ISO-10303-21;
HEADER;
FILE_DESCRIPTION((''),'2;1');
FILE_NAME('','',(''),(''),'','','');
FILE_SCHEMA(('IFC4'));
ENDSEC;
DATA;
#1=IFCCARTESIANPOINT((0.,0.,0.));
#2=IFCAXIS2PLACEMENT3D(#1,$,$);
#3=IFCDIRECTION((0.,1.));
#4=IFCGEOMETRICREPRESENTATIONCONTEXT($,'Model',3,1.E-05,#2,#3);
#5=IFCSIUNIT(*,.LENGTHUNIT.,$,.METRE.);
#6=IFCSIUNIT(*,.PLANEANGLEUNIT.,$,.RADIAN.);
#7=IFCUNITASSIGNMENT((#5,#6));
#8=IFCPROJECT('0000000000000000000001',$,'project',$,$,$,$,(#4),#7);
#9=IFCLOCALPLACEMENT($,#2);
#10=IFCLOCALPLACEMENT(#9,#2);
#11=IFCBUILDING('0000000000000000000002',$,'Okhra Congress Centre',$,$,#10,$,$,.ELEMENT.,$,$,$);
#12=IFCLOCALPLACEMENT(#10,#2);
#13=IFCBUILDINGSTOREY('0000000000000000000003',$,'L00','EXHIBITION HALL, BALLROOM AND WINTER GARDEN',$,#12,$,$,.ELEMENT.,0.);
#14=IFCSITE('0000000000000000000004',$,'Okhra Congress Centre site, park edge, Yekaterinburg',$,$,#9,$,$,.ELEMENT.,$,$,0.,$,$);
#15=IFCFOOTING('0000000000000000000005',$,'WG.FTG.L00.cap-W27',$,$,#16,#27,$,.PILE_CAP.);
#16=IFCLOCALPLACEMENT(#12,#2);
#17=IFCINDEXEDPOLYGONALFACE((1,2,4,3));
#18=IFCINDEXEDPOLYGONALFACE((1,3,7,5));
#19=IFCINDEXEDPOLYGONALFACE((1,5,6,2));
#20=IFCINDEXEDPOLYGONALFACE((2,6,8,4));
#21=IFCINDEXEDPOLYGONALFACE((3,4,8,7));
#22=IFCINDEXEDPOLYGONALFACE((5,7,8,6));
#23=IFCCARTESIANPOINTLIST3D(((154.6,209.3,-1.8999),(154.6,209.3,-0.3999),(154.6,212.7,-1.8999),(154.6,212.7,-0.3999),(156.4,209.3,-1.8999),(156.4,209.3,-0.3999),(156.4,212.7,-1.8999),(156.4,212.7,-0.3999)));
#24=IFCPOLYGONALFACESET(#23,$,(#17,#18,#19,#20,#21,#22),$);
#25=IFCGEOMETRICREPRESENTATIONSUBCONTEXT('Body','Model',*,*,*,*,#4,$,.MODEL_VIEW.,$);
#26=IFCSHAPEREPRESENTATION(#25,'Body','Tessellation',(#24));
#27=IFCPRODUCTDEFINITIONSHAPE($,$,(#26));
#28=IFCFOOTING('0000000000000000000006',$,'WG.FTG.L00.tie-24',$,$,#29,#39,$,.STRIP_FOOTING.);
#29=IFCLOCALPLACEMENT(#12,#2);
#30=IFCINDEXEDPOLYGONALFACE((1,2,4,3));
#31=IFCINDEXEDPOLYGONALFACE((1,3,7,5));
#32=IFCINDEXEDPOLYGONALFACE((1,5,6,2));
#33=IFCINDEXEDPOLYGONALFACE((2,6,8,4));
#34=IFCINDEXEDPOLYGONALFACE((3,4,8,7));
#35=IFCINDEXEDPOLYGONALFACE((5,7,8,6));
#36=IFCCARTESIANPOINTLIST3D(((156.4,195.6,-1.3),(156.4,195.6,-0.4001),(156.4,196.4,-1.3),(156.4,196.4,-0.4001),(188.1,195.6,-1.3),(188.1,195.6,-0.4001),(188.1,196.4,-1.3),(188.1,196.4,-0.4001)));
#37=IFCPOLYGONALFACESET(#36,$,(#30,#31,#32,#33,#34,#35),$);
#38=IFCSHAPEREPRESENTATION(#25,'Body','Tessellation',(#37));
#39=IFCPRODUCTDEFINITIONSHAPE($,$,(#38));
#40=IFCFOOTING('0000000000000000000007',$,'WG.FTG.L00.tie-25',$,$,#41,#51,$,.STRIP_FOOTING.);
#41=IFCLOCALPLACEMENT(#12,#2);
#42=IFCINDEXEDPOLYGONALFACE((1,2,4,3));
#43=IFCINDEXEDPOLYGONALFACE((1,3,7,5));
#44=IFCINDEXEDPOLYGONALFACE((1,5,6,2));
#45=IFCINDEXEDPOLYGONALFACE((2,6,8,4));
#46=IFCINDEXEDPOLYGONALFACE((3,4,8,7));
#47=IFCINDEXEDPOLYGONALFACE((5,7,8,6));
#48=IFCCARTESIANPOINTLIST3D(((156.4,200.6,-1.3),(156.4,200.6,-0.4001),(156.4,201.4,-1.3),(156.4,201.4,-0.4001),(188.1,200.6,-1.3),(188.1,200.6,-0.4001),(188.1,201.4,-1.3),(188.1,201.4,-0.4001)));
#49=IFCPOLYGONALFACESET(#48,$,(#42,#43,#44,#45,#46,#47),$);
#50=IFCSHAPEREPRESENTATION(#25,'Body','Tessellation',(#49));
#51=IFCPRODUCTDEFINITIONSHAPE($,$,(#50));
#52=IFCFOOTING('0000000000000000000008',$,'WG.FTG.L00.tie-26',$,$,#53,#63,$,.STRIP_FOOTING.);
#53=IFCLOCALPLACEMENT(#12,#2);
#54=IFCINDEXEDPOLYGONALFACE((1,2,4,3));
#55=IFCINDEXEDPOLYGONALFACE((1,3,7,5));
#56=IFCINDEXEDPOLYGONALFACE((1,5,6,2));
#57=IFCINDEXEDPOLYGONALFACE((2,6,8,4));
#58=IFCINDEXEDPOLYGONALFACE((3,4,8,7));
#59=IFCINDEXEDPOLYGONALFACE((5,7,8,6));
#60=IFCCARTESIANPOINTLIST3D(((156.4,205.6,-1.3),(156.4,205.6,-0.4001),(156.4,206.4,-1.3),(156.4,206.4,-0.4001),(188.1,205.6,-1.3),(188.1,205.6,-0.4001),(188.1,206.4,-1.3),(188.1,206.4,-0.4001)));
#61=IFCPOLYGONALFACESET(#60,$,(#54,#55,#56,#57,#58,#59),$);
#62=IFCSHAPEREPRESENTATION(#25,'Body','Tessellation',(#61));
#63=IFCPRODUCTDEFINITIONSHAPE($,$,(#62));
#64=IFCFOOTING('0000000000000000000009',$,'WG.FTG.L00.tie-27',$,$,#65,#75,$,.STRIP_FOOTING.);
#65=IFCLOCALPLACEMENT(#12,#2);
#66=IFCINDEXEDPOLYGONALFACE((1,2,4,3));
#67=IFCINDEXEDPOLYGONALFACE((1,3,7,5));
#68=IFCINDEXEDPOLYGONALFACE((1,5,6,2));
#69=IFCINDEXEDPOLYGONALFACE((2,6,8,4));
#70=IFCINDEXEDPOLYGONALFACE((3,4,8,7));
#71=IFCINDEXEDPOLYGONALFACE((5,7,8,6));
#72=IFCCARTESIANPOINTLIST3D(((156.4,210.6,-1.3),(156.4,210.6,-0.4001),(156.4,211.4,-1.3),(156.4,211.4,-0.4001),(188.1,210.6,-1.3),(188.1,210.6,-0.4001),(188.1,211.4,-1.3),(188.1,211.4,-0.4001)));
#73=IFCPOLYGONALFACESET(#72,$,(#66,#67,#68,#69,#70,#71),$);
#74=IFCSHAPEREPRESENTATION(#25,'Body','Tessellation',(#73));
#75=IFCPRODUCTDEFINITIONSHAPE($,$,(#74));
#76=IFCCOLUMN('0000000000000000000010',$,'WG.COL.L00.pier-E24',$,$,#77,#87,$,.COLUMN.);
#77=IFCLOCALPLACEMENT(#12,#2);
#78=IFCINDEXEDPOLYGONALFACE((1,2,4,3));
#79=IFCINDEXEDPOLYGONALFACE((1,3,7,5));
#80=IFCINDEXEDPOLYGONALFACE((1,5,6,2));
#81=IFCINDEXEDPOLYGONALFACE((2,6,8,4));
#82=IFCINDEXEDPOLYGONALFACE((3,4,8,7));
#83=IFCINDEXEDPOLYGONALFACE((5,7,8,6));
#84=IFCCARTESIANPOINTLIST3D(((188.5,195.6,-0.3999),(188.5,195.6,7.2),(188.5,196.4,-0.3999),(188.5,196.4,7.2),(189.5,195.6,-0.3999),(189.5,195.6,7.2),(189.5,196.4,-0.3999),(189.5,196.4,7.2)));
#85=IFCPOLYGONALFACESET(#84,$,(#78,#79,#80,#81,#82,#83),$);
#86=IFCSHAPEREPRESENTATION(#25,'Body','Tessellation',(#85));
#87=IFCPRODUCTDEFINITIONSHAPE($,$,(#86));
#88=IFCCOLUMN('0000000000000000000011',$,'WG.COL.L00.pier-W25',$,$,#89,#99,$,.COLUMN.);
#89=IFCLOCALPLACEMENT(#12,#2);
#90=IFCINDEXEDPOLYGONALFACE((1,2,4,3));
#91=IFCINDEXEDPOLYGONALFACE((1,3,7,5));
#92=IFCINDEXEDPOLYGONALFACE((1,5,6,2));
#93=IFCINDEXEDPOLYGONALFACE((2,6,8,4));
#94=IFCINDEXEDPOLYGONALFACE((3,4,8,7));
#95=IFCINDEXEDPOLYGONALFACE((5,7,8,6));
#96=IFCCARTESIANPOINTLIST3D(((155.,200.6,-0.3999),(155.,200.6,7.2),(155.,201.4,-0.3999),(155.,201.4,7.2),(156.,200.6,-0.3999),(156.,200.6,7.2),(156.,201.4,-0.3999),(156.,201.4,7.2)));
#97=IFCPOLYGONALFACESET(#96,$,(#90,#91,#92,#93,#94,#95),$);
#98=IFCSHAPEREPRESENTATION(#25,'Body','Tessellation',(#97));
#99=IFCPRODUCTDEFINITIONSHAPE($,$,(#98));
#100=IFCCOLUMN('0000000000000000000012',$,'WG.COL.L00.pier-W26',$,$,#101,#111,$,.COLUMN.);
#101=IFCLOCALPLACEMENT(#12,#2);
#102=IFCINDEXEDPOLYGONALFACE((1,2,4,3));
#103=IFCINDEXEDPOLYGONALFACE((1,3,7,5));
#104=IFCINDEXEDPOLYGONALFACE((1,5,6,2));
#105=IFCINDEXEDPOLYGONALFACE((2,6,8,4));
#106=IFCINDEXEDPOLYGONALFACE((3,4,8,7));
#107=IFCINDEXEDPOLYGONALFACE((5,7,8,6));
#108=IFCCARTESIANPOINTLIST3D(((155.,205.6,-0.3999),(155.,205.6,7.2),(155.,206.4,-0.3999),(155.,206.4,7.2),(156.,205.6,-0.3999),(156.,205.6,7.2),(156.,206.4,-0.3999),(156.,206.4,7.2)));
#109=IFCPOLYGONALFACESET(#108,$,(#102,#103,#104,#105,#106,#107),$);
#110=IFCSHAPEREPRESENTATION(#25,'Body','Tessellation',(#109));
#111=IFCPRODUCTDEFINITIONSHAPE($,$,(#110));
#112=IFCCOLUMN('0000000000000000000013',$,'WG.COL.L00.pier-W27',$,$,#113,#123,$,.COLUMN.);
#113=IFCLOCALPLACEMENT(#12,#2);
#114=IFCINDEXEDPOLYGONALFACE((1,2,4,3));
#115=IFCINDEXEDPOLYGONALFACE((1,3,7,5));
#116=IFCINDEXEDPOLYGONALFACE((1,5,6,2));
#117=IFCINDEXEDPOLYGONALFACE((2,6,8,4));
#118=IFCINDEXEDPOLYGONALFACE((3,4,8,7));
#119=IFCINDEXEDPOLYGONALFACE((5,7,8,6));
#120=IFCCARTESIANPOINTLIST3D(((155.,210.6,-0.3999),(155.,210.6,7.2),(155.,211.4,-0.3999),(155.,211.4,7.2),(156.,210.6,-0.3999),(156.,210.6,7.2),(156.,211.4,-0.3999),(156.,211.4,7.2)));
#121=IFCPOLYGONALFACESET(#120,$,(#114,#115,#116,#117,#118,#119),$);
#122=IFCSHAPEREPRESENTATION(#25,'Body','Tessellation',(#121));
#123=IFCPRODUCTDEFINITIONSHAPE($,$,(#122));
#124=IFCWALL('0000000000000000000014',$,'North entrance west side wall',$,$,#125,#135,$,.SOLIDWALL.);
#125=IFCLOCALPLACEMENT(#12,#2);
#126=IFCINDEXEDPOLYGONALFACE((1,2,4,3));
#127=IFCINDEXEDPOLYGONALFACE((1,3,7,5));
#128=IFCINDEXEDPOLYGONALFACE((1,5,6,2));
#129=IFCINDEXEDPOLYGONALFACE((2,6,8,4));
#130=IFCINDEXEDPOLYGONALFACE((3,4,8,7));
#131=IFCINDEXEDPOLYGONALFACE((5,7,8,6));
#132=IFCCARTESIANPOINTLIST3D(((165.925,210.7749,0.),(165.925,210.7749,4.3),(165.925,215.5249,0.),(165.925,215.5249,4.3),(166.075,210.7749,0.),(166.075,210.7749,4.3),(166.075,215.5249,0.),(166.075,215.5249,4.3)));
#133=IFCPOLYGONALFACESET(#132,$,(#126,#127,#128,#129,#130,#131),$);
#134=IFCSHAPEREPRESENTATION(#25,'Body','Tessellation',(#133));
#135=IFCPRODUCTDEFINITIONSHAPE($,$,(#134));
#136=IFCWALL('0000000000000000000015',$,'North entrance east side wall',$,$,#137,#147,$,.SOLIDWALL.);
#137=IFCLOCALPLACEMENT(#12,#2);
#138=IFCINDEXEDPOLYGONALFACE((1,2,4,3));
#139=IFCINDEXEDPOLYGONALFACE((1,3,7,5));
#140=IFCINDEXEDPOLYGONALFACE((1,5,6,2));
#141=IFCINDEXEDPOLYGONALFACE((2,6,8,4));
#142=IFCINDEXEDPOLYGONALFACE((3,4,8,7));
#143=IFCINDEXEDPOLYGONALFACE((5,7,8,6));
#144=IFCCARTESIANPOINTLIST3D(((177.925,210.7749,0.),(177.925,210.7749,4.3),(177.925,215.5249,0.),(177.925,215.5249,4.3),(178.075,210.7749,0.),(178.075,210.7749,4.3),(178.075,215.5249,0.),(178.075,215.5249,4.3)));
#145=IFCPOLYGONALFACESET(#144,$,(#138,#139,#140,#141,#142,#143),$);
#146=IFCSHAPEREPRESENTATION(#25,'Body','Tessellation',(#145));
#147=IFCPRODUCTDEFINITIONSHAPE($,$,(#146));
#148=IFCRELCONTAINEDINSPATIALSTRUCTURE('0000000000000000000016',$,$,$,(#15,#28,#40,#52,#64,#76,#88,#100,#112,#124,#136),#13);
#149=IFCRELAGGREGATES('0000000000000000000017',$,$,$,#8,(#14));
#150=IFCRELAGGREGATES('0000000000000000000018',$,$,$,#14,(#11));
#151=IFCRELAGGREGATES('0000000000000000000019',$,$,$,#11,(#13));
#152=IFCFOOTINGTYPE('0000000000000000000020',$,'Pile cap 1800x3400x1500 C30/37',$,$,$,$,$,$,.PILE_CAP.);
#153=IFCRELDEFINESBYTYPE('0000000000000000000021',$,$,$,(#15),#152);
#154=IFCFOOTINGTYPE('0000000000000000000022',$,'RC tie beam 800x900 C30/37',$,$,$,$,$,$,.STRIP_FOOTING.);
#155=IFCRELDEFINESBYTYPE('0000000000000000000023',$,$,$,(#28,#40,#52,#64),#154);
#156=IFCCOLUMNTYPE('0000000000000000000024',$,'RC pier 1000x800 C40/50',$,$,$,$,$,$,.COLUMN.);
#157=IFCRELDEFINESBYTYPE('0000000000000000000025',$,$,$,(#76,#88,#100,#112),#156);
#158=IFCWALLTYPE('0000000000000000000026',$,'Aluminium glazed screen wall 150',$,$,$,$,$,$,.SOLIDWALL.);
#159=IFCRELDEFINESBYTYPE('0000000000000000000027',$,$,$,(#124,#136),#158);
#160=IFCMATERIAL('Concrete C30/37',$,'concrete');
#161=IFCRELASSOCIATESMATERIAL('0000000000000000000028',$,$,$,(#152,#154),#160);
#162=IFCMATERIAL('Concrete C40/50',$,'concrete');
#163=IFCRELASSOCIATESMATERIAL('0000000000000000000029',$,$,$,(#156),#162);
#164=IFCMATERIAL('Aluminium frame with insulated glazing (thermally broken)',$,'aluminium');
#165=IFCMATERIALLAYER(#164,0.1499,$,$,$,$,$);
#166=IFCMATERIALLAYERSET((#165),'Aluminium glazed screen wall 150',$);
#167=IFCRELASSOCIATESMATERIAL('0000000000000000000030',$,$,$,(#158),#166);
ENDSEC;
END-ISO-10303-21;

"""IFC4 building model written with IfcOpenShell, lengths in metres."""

from ifc_helpers import new_model, si_unit, direction, frame, frame_2d, origin, origin_2d, place, context, subcontext, project, spatial, rectangle, extrude, material, layer, layer_set, material_profile, profile_set, type_object, element, save


model = new_model("IFC4")

# Units and contexts
model_context = context("Model", 3, precision=1e-05, world=origin(), true_north=direction((0.0, 1.0)))
body_context = subcontext(model_context, "Body", "Model", "MODEL_VIEW")
ifc_project = project(units=[si_unit("LENGTHUNIT", "METRE"), si_unit("PLANEANGLEUNIT", "RADIAN")], contexts=[model_context])

# Site, building, storey
site_placement = place(None, origin())
site = spatial("IfcSite", under=ifc_project, at=site_placement, Name="Okhra Congress Centre site, park edge, Yekaterinburg", CompositionType="ELEMENT", RefElevation=0.0)
building_placement = place(site_placement, origin())
building = spatial("IfcBuilding", under=site, at=building_placement, Name="Okhra Congress Centre", CompositionType="ELEMENT")
storey_placement = place(building_placement, origin())
storey = spatial("IfcBuildingStorey", under=building, at=storey_placement, Name="L00", Description="EXHIBITION HALL, BALLROOM AND WINTER GARDEN", CompositionType="ELEMENT", Elevation=0.0)

# Shared definitions
ifc_material_1 = material(Name="Concrete C30/37", Category="concrete")

# Footings
footing_type_1 = type_object("IfcFootingType", Name="Pile cap 1800x3400x1500 C30/37", PredefinedType="PILE_CAP", material=ifc_material_1)
for number, where, z_axis, x_axis, name in (
    (1, (155.5, 211.0, -1.8999), (0.0, 0.0, 1.0), (1.0, 0.0, 0.0), "WG.FTG.L00.cap-W27"),
):
    element("IfcFooting", number, at=place(storey_placement, frame(where, z_axis=z_axis, x_axis=x_axis)), inside=storey, type_object=footing_type_1, Name=name, PredefinedType="PILE_CAP", context=body_context, shape_type="SweptSolid", body=[
        extrude(rectangle(XDim=1.8, YDim=3.3999, at=origin_2d()), origin(), (0.0, 0.0, 1.0), 1.5),
    ])
footing_type_2 = type_object("IfcFootingType", Name="RC tie beam 800x900 C30/37", PredefinedType="STRIP_FOOTING", material=ifc_material_1)
for number, where, z_axis, x_axis, name in (
    (2, (172.25, 196.0, -1.3), (0.0, 0.0, 1.0), (1.0, 0.0, 0.0), "WG.FTG.L00.tie-24"),
    (3, (172.25, 201.0, -1.3), (0.0, 0.0, 1.0), (1.0, 0.0, 0.0), "WG.FTG.L00.tie-25"),
    (4, (172.25, 206.0, -1.3), (0.0, 0.0, 1.0), (1.0, 0.0, 0.0), "WG.FTG.L00.tie-26"),
    (5, (172.25, 211.0, -1.3), (0.0, 0.0, 1.0), (1.0, 0.0, 0.0), "WG.FTG.L00.tie-27"),
):
    element("IfcFooting", number, at=place(storey_placement, frame(where, z_axis=z_axis, x_axis=x_axis)), inside=storey, type_object=footing_type_2, Name=name, PredefinedType="STRIP_FOOTING", context=body_context, shape_type="SweptSolid", body=[
        extrude(rectangle(XDim=31.7, YDim=0.8, at=origin_2d()), origin(), (0.0, 0.0, 1.0), 0.8999),
    ])

# Columns
ifc_material_2 = material(Name="Concrete C40/50", Category="concrete")
ifc_material_profile_1 = material_profile(ifc_material_2, rectangle(XDim=1.0, YDim=0.8, at=origin_2d()), Name="RC 1000x800")
ifc_profile_set_1 = profile_set([ifc_material_profile_1], Name="Concrete C40/50")
column_type = type_object("IfcColumnType", Name="RC pier 1000x800 C40/50", PredefinedType="COLUMN", material=ifc_profile_set_1)
for number, where, z_axis, x_axis, name in (
    (6, (189.0, 196.0, -0.3999), (0.0, 0.0, 1.0), (1.0, 0.0, 0.0), "WG.COL.L00.pier-E24"),
    (7, (155.5, 201.0, -0.3999), (0.0, 0.0, 1.0), (1.0, 0.0, 0.0), "WG.COL.L00.pier-W25"),
    (8, (155.5, 206.0, -0.3999), (0.0, 0.0, 1.0), (1.0, 0.0, 0.0), "WG.COL.L00.pier-W26"),
    (9, (155.5, 211.0, -0.3999), (0.0, 0.0, 1.0), (1.0, 0.0, 0.0), "WG.COL.L00.pier-W27"),
):
    element("IfcColumn", number, at=place(storey_placement, frame(where, z_axis=z_axis, x_axis=x_axis)), inside=storey, type_object=column_type, Name=name, PredefinedType="COLUMN", context=body_context, shape_type="SweptSolid", body=[
        extrude(rectangle(XDim=1.0, YDim=0.8, at=origin_2d()), origin(), (0.0, 0.0, 1.0), 7.5999),
    ])

# Shared definitions
ifc_material_3 = material(Name="Aluminium frame with insulated glazing (thermally broken)", Category="aluminium")
ifc_layer = layer(ifc_material_3, 0.1499)
ifc_layer_set = layer_set([ifc_layer], Name="Aluminium glazed screen wall 150")
wall_type = type_object("IfcWallType", Name="Aluminium glazed screen wall 150", PredefinedType="SOLIDWALL", material=ifc_layer_set)

# Walls
for number, where, z_axis, x_axis, name in (
    (10, (166.0, 210.7749, 0.0), (0.0, 0.0, 1.0), (0.0, 1.0, 0.0), "North entrance west side wall"),
    (11, (178.0, 210.7749, 0.0), (0.0, 0.0, 1.0), (0.0, 1.0, 0.0), "North entrance east side wall"),
):
    element("IfcWall", number, at=place(storey_placement, frame(where, z_axis=z_axis, x_axis=x_axis)), inside=storey, type_object=wall_type, Name=name, PredefinedType="SOLIDWALL", context=body_context, shape_type="SweptSolid", body=[
        extrude(rectangle(XDim=4.75, YDim=0.1499, at=frame_2d((2.375, 0.0))), origin(), (0.0, 0.0, 1.0), 4.3),
    ])

save(model, "model.ifc")
